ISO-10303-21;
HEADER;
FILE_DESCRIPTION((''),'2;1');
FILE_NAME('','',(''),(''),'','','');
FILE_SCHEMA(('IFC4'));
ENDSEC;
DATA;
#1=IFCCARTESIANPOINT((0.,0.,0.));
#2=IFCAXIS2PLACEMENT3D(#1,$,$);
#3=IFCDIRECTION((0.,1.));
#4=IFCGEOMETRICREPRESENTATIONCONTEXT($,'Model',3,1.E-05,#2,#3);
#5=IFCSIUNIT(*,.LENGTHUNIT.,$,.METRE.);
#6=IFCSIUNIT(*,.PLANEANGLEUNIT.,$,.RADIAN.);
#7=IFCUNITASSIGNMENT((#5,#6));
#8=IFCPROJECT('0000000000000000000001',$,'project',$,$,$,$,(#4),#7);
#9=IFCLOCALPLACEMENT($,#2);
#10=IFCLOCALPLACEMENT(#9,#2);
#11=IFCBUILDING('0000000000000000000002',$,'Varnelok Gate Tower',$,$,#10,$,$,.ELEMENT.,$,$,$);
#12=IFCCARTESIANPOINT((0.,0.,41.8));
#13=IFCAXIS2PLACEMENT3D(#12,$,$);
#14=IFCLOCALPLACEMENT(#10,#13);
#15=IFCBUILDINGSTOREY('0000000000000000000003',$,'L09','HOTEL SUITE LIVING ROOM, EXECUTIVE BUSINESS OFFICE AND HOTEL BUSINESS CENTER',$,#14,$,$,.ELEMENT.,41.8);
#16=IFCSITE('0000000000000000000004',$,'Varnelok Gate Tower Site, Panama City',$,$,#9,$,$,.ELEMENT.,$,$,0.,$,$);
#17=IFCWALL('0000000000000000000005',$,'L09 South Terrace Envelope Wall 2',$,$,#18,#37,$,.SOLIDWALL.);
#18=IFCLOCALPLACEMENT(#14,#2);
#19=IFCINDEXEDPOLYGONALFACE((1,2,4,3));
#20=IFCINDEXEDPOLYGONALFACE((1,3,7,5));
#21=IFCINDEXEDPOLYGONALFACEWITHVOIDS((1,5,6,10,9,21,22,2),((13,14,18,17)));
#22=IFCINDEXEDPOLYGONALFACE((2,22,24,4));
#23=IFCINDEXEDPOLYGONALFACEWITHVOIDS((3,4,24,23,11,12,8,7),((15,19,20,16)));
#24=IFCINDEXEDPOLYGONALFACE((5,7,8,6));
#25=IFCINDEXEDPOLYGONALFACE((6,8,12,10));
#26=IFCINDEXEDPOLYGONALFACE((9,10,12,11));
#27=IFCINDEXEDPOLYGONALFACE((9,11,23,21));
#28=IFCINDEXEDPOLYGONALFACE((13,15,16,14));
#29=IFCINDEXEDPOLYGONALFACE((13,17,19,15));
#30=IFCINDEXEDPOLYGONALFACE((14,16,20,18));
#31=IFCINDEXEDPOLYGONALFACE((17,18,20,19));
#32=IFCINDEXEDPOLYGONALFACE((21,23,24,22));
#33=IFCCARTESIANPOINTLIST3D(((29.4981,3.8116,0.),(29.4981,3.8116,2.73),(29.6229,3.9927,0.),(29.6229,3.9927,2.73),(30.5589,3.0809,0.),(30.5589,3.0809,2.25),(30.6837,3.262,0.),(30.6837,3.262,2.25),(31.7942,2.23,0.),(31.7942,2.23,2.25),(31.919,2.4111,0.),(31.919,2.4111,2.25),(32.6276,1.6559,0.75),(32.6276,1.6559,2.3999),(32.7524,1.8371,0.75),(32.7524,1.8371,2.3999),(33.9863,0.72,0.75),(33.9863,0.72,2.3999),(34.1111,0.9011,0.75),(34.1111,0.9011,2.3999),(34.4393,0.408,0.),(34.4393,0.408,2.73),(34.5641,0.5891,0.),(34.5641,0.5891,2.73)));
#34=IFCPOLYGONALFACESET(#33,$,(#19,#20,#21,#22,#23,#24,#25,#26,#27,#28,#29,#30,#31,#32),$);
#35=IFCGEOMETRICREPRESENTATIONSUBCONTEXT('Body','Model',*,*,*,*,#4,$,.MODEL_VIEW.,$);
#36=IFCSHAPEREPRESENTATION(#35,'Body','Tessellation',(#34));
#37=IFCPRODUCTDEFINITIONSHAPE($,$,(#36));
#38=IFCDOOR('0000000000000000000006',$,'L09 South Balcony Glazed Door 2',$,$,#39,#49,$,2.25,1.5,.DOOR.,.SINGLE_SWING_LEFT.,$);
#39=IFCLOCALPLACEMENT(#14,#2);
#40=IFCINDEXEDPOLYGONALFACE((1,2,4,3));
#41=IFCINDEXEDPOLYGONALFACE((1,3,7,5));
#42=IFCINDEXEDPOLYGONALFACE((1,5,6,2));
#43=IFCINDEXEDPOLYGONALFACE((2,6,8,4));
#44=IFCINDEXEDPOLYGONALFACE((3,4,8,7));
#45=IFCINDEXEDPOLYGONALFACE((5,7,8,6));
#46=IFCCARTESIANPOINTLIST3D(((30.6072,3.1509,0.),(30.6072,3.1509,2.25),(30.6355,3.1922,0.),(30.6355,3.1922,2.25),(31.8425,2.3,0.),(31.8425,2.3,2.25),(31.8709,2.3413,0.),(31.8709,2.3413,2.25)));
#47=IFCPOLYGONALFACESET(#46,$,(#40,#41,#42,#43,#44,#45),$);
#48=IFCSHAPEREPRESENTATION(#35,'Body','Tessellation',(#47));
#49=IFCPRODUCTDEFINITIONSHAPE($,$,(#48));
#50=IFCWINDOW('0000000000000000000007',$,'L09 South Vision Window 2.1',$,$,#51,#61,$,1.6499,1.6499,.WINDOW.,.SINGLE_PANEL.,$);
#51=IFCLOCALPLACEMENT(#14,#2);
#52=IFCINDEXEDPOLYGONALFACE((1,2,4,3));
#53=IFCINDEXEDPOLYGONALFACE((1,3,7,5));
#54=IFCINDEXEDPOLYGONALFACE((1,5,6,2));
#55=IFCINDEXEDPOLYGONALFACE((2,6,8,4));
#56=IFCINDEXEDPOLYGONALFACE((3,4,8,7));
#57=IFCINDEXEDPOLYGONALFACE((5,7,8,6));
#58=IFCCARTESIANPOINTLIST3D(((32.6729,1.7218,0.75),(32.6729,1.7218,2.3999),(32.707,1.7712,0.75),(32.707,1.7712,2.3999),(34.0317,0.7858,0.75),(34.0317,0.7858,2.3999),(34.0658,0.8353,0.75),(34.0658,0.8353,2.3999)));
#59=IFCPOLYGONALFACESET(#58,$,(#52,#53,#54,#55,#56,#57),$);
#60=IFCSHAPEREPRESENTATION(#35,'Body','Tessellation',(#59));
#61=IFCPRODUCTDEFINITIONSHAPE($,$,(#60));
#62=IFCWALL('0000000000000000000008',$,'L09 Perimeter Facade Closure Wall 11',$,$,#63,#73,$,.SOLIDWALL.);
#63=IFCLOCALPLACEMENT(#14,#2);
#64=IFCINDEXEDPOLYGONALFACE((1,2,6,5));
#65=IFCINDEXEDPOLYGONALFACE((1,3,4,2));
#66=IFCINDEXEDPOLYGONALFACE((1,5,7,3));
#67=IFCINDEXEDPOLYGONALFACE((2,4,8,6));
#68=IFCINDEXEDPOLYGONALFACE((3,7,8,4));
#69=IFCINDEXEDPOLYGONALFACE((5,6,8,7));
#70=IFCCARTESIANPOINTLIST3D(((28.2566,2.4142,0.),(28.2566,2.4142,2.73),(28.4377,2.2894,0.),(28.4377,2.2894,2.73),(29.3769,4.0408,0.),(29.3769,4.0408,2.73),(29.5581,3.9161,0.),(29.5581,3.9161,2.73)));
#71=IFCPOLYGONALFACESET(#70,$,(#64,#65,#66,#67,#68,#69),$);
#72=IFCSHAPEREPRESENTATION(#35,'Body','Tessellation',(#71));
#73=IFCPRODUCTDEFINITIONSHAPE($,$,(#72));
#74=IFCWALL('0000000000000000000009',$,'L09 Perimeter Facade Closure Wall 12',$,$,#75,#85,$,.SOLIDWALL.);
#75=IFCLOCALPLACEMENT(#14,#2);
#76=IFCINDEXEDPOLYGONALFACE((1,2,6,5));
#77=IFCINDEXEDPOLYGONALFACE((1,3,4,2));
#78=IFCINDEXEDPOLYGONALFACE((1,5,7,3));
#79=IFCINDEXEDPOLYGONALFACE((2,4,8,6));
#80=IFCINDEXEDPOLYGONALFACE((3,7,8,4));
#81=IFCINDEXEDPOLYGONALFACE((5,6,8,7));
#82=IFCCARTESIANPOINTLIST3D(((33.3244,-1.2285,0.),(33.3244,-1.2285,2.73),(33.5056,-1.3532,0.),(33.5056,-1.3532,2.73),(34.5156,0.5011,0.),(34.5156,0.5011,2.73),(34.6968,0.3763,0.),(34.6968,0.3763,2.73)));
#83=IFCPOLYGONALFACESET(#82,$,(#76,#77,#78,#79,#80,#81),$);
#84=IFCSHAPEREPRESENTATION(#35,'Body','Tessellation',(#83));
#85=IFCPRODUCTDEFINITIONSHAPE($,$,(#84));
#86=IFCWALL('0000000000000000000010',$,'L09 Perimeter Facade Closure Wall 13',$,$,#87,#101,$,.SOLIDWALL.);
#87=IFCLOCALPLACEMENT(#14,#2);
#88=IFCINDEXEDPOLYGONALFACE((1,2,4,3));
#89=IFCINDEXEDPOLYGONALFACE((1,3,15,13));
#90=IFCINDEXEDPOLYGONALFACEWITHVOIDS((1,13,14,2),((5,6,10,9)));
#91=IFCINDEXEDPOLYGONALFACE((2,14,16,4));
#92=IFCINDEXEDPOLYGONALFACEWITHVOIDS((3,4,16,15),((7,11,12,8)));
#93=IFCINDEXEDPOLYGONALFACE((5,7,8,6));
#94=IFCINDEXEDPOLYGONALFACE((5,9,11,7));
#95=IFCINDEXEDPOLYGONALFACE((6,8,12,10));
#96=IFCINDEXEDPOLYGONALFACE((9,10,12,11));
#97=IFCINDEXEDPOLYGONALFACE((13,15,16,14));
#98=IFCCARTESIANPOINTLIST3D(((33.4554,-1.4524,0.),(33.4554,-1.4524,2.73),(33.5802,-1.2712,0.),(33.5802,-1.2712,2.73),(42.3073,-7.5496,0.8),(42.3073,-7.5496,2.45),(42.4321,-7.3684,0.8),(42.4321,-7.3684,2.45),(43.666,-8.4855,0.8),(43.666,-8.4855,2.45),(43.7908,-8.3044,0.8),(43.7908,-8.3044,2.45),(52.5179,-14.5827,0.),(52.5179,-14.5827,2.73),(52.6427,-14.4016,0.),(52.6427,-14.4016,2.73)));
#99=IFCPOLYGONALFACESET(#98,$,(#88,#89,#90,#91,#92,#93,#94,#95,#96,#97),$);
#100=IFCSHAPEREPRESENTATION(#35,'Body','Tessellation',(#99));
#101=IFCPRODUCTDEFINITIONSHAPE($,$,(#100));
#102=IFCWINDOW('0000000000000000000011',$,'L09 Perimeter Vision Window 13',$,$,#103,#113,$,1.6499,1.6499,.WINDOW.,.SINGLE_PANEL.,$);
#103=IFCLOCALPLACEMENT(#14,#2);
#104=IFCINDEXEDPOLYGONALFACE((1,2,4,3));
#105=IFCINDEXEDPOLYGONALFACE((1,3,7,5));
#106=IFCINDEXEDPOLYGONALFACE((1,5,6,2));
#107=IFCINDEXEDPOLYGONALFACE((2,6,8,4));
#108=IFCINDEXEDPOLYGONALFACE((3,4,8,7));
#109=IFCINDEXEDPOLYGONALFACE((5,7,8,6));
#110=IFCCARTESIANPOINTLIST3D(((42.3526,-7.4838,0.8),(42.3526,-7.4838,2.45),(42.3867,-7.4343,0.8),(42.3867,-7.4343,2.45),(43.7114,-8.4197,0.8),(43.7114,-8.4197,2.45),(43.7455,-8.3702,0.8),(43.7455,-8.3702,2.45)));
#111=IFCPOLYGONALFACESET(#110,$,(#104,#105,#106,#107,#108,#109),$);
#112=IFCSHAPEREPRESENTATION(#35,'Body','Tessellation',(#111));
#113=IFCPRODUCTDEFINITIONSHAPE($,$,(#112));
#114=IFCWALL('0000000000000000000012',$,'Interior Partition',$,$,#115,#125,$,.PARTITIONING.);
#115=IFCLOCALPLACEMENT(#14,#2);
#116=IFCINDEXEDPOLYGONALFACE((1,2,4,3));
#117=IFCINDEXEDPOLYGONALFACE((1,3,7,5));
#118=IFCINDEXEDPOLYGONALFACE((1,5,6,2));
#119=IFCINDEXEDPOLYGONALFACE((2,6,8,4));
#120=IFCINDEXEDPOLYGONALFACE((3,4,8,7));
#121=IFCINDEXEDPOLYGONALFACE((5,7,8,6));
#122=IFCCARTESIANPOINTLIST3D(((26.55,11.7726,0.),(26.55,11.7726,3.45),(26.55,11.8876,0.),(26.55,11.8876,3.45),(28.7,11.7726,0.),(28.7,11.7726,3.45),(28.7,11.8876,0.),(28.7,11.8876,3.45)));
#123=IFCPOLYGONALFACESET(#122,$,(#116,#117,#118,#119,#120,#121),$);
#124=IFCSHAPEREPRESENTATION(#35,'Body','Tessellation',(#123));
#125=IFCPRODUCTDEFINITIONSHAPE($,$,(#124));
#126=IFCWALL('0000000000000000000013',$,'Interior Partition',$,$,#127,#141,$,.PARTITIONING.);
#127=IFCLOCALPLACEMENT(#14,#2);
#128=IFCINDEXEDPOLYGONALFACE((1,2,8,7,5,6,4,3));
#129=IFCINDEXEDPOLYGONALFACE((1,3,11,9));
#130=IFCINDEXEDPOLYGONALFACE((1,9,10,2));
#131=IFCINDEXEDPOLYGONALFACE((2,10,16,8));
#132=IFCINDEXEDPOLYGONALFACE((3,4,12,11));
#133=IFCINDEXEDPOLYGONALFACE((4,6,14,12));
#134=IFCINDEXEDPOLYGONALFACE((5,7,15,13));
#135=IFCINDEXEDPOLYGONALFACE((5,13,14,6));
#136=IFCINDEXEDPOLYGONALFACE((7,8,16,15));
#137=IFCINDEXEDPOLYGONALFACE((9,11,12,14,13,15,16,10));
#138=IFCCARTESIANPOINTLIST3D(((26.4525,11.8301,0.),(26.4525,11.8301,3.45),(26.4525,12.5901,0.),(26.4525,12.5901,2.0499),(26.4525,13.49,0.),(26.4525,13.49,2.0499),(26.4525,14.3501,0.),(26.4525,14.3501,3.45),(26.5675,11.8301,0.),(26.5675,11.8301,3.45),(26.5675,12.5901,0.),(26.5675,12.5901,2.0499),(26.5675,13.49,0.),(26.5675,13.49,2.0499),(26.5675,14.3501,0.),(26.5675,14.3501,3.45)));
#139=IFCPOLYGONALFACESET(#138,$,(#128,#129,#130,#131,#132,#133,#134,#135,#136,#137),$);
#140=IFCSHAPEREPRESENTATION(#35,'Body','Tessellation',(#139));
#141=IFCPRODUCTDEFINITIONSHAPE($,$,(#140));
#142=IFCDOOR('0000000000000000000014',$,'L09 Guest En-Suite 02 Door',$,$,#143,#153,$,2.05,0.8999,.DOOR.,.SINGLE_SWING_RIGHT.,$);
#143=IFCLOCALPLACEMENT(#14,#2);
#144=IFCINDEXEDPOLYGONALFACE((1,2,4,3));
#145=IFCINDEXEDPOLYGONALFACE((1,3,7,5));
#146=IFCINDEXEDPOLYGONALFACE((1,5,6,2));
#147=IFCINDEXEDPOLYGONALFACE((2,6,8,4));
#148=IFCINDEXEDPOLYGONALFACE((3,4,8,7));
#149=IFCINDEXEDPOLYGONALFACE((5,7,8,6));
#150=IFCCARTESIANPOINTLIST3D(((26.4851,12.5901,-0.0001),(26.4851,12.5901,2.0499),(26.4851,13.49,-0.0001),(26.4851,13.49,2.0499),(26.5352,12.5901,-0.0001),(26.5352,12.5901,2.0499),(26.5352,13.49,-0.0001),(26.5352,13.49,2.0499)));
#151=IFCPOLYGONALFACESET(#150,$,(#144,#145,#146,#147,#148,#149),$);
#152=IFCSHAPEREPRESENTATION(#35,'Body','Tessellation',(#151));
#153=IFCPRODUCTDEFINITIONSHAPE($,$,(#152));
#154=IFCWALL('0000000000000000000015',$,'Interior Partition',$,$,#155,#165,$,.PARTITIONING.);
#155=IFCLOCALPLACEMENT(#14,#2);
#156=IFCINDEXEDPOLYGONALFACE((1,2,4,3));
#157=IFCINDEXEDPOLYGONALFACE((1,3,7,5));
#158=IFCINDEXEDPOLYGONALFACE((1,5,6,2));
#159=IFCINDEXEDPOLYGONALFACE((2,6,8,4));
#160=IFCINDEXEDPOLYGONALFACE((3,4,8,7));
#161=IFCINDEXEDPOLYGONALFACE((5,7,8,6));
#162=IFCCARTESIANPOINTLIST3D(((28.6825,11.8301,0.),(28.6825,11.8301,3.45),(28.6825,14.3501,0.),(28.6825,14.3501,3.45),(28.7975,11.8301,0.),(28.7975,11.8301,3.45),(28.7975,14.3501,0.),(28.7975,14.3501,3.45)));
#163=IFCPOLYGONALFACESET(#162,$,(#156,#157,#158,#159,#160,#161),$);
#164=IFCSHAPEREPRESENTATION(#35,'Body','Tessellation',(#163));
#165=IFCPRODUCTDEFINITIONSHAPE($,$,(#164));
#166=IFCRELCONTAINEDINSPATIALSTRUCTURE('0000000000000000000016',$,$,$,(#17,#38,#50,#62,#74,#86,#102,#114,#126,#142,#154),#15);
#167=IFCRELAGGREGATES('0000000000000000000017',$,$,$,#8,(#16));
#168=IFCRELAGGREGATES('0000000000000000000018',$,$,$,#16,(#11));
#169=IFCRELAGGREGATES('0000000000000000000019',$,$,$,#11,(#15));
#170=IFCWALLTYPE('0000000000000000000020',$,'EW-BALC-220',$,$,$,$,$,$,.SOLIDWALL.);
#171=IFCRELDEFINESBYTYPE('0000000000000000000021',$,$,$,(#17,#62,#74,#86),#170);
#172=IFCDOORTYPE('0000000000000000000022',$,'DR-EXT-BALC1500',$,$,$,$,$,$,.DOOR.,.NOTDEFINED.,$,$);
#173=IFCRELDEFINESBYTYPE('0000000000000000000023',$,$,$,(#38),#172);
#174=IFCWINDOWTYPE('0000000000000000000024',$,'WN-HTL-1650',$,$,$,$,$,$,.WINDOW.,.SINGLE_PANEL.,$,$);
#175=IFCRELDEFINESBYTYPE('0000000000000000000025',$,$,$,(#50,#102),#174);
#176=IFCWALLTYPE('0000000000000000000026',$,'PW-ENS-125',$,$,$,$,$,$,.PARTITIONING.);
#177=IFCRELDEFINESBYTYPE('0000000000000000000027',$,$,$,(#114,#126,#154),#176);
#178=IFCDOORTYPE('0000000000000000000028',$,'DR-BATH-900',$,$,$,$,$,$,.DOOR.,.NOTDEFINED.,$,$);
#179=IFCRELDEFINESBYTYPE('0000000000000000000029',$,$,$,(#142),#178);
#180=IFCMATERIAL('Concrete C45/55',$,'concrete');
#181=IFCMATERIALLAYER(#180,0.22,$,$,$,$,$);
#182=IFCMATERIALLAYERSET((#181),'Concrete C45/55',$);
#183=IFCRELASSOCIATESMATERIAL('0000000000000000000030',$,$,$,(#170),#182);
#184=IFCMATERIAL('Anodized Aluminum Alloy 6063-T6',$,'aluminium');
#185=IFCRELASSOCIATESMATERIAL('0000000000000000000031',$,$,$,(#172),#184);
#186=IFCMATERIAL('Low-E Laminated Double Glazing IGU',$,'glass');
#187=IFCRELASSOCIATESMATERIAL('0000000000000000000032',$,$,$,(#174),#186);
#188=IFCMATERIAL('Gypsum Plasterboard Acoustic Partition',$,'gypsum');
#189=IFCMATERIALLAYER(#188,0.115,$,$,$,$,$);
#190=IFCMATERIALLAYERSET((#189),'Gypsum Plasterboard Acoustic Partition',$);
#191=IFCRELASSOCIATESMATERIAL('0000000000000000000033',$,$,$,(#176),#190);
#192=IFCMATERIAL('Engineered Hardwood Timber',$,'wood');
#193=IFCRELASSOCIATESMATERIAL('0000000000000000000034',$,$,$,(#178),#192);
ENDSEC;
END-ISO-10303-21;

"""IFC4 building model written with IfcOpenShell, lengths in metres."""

from ifc_helpers import new_model, si_unit, direction, frame, frame_2d, origin, place, context, subcontext, project, spatial, rectangle, extrude, material, layer, layer_set, type_object, element, fill, save


model = new_model("IFC4")

# Units and contexts
model_context = context("Model", 3, precision=1e-05, world=origin(), true_north=direction((0.0, 1.0)))
body_context = subcontext(model_context, "Body", "Model", "MODEL_VIEW")
ifc_project = project(units=[si_unit("LENGTHUNIT", "METRE"), si_unit("PLANEANGLEUNIT", "RADIAN")], contexts=[model_context])

# Site, building, storey
site_placement = place(None, origin())
site = spatial("IfcSite", under=ifc_project, at=site_placement, Name="Varnelok Gate Tower Site, Panama City", CompositionType="ELEMENT", RefElevation=0.0)
building_placement = place(site_placement, origin())
building = spatial("IfcBuilding", under=site, at=building_placement, Name="Varnelok Gate Tower", CompositionType="ELEMENT")
storey_placement = place(building_placement, frame((0.0, 0.0, 41.8)))
storey = spatial("IfcBuildingStorey", under=building, at=storey_placement, Name="L09", Description="HOTEL SUITE LIVING ROOM, EXECUTIVE BUSINESS OFFICE AND HOTEL BUSINESS CENTER", CompositionType="ELEMENT", Elevation=41.8)

# Wall, openings, door, window
ifc_material_1 = material(Name="Concrete C45/55", Category="concrete")
ifc_layer_1 = layer(ifc_material_1, 0.22)
ifc_layer_set_1 = layer_set([ifc_layer_1], Name="Concrete C45/55")
wall_type_1 = type_object("IfcWallType", Name="EW-BALC-220", PredefinedType="SOLIDWALL", material=ifc_layer_set_1)
wall_1_placement = place(storey_placement, frame((34.5017, 0.4985, 0.0), z_axis=(0.0, 0.0, 1.0), x_axis=(-0.823535, 0.567266, 0.0)))
wall_1 = element("IfcWall", 1, at=wall_1_placement, inside=storey, type_object=wall_type_1, Name="L09 South Terrace Envelope Wall 2", PredefinedType="SOLIDWALL", context=body_context, shape_type="SweptSolid", body=[
    extrude(rectangle(XDim=6.0, YDim=0.22, at=frame_2d((3.0, 0.0))), origin(), (0.0, 0.0, 1.0), 2.73),
])
opening_1_placement = place(wall_1_placement, frame((3.2119, 0.0, 0.0)))
opening_1 = element("IfcOpeningElement", 2, at=opening_1_placement, cuts=wall_1, PredefinedType="OPENING", context=body_context, shape_type="SweptSolid", body=[
    extrude(rectangle(XDim=1.5, YDim=2.25, at=frame_2d((0.75, 1.125))), frame((0.0, 0.1199, 0.0), z_axis=(0.0, -1.0, 0.0), x_axis=(1.0, 0.0, 0.0)), (0.0, 0.0, 1.0), 0.24),
])
opening_2_placement = place(wall_1_placement, frame((0.55, 0.0, 0.75)))
opening_2 = element("IfcOpeningElement", 3, at=opening_2_placement, cuts=wall_1, PredefinedType="OPENING", context=body_context, shape_type="SweptSolid", body=[
    extrude(rectangle(XDim=1.6499, YDim=1.6499, at=frame_2d((0.825, 0.825))), frame((0.0, 0.1199, 0.0), z_axis=(0.0, -1.0, 0.0), x_axis=(1.0, 0.0, 0.0)), (0.0, 0.0, 1.0), 0.24),
])
ifc_material_2 = material(Name="Anodized Aluminum Alloy 6063-T6", Category="aluminium")
door_type_1 = type_object("IfcDoorType", Name="DR-EXT-BALC1500", OperationType="NOTDEFINED", PredefinedType="DOOR", material=ifc_material_2)
door_1_placement = place(opening_1_placement, origin())
door_1 = element("IfcDoor", 4, at=door_1_placement, inside=storey, type_object=door_type_1, Name="L09 South Balcony Glazed Door 2", OperationType="SINGLE_SWING_LEFT", OverallHeight=2.25, OverallWidth=1.5, PredefinedType="DOOR", context=body_context, shape_type="SweptSolid", body=[
    extrude(rectangle(XDim=1.5, YDim=2.25, at=frame_2d((0.75, 1.125))), frame((0.0, 0.0249, 0.0), z_axis=(0.0, -1.0, 0.0), x_axis=(1.0, 0.0, 0.0)), (0.0, 0.0, 1.0), 0.05),
])
fill(opening_1, door_1)
ifc_material_3 = material(Name="Low-E Laminated Double Glazing IGU", Category="glass")
window_type = type_object("IfcWindowType", Name="WN-HTL-1650", PartitioningType="SINGLE_PANEL", PredefinedType="WINDOW", material=ifc_material_3)
window_1_placement = place(opening_2_placement, origin())
window_1 = element("IfcWindow", 5, at=window_1_placement, inside=storey, type_object=window_type, Name="L09 South Vision Window 2.1", OverallHeight=1.6499, OverallWidth=1.6499, PartitioningType="SINGLE_PANEL", PredefinedType="WINDOW", context=body_context, shape_type="SweptSolid", body=[
    extrude(rectangle(XDim=1.6499, YDim=1.6499, at=frame_2d((0.825, 0.825))), frame((0.0, 0.03, 0.0), z_axis=(0.0, -1.0, 0.0), x_axis=(1.0, 0.0, 0.0)), (0.0, 0.0, 1.0), 0.0601),
])
fill(opening_2, window_1)

# Walls
wall_2_placement = place(storey_placement, frame((28.3472, 2.3518, 0.0), z_axis=(0.0, 0.0, 1.0), x_axis=(0.567216, 0.823569, 0.0)))
element("IfcWall", 6, at=wall_2_placement, inside=storey, type_object=wall_type_1, Name="L09 Perimeter Facade Closure Wall 11", PredefinedType="SOLIDWALL", context=body_context, shape_type="SweptSolid", body=[
    extrude(rectangle(XDim=1.9751, YDim=0.22, at=frame_2d((0.9875, 0.0))), origin(), (0.0, 0.0, 1.0), 2.73),
])
wall_3_placement = place(storey_placement, frame((34.6062, 0.4387, 0.0), z_axis=(0.0, 0.0, 1.0), x_axis=(-0.567219, -0.823567, 0.0)))
element("IfcWall", 7, at=wall_3_placement, inside=storey, type_object=wall_type_1, Name="L09 Perimeter Facade Closure Wall 12", PredefinedType="SOLIDWALL", context=body_context, shape_type="SweptSolid", body=[
    extrude(rectangle(XDim=2.1001, YDim=0.22, at=frame_2d((1.05, 0.0))), origin(), (0.0, 0.0, 1.0), 2.73),
])

# Wall, opening, window
wall_4_placement = place(storey_placement, frame((33.5178, -1.3618, 0.0), z_axis=(0.0, 0.0, 1.0), x_axis=(0.823539, -0.567259, 0.0)))
wall_4 = element("IfcWall", 8, at=wall_4_placement, inside=storey, type_object=wall_type_1, Name="L09 Perimeter Facade Closure Wall 13", PredefinedType="SOLIDWALL", context=body_context, shape_type="SweptSolid", body=[
    extrude(rectangle(XDim=23.147, YDim=0.22, at=frame_2d((11.5735, 0.0))), origin(), (0.0, 0.0, 1.0), 2.73),
])
opening_3_placement = place(wall_4_placement, frame((10.7485, 0.0, 0.8)))
opening_3 = element("IfcOpeningElement", 9, at=opening_3_placement, cuts=wall_4, PredefinedType="OPENING", context=body_context, shape_type="SweptSolid", body=[
    extrude(rectangle(XDim=1.6499, YDim=1.6499, at=frame_2d((0.825, 0.825))), frame((0.0, 0.1199, 0.0), z_axis=(0.0, -1.0, 0.0), x_axis=(1.0, 0.0, 0.0)), (0.0, 0.0, 1.0), 0.24),
])
window_2_placement = place(opening_3_placement, origin())
window_2 = element("IfcWindow", 10, at=window_2_placement, inside=storey, type_object=window_type, Name="L09 Perimeter Vision Window 13", OverallHeight=1.6499, OverallWidth=1.6499, PartitioningType="SINGLE_PANEL", PredefinedType="WINDOW", context=body_context, shape_type="SweptSolid", body=[
    extrude(rectangle(XDim=1.6499, YDim=1.6499, at=frame_2d((0.825, 0.825))), frame((0.0, 0.03, 0.0), z_axis=(0.0, -1.0, 0.0), x_axis=(1.0, 0.0, 0.0)), (0.0, 0.0, 1.0), 0.0601),
])
fill(opening_3, window_2)

# Wall
ifc_material_4 = material(Name="Gypsum Plasterboard Acoustic Partition", Category="gypsum")
ifc_layer_2 = layer(ifc_material_4, 0.115)
ifc_layer_set_2 = layer_set([ifc_layer_2], Name="Gypsum Plasterboard Acoustic Partition")
wall_type_2 = type_object("IfcWallType", Name="PW-ENS-125", PredefinedType="PARTITIONING", material=ifc_layer_set_2)
wall_5_placement = place(storey_placement, frame((26.55, 11.8301, 0.0), z_axis=(0.0, 0.0, 1.0), x_axis=(1.0, 0.0, 0.0)))
element("IfcWall", 11, at=wall_5_placement, inside=storey, type_object=wall_type_2, Name="Interior Partition", PredefinedType="PARTITIONING", context=body_context, shape_type="SweptSolid", body=[
    extrude(rectangle(XDim=2.1499, YDim=0.115, at=frame_2d((1.075, 0.0))), origin(), (0.0, 0.0, 1.0), 3.45),
])

# Wall, opening, door
wall_6_placement = place(storey_placement, frame((26.51, 11.8301, 0.0), z_axis=(0.0, 0.0, 1.0), x_axis=(0.0, 1.0, 0.0)))
wall_6 = element("IfcWall", 12, at=wall_6_placement, inside=storey, type_object=wall_type_2, Name="Interior Partition", PredefinedType="PARTITIONING", context=body_context, shape_type="SweptSolid", body=[
    extrude(rectangle(XDim=2.52, YDim=0.115, at=frame_2d((1.26, 0.0))), origin(), (0.0, 0.0, 1.0), 3.45),
])
opening_4_placement = place(wall_6_placement, frame((0.76, 0.0, 0.0)))
opening_4 = element("IfcOpeningElement", 13, at=opening_4_placement, cuts=wall_6, PredefinedType="OPENING", context=body_context, shape_type="SweptSolid", body=[
    extrude(rectangle(XDim=0.8999, YDim=2.05, at=frame_2d((0.45, 1.0249))), frame((0.0, 0.0674, 0.0), z_axis=(0.0, -1.0, 0.0), x_axis=(1.0, 0.0, 0.0)), (0.0, 0.0, 1.0), 0.135),
])
ifc_material_5 = material(Name="Engineered Hardwood Timber", Category="wood")
door_type_2 = type_object("IfcDoorType", Name="DR-BATH-900", OperationType="NOTDEFINED", PredefinedType="DOOR", material=ifc_material_5)
door_2_placement = place(opening_4_placement, origin())
door_2 = element("IfcDoor", 14, at=door_2_placement, inside=storey, type_object=door_type_2, Name="L09 Guest En-Suite 02 Door", OperationType="SINGLE_SWING_RIGHT", OverallHeight=2.05, OverallWidth=0.8999, PredefinedType="DOOR", context=body_context, shape_type="SweptSolid", body=[
    extrude(rectangle(XDim=0.8999, YDim=2.05, at=frame_2d((0.45, 1.0249))), frame((0.0, 0.0249, 0.0), z_axis=(0.0, -1.0, 0.0), x_axis=(1.0, 0.0, 0.0)), (0.0, 0.0, 1.0), 0.05),
])
fill(opening_4, door_2)

# Wall
wall_7_placement = place(storey_placement, frame((28.74, 11.8301, 0.0), z_axis=(0.0, 0.0, 1.0), x_axis=(0.0, 1.0, 0.0)))
element("IfcWall", 15, at=wall_7_placement, inside=storey, type_object=wall_type_2, Name="Interior Partition", PredefinedType="PARTITIONING", context=body_context, shape_type="SweptSolid", body=[
    extrude(rectangle(XDim=2.52, YDim=0.115, at=frame_2d((1.26, 0.0))), origin(), (0.0, 0.0, 1.0), 3.45),
])

save(model, "model.ifc")
